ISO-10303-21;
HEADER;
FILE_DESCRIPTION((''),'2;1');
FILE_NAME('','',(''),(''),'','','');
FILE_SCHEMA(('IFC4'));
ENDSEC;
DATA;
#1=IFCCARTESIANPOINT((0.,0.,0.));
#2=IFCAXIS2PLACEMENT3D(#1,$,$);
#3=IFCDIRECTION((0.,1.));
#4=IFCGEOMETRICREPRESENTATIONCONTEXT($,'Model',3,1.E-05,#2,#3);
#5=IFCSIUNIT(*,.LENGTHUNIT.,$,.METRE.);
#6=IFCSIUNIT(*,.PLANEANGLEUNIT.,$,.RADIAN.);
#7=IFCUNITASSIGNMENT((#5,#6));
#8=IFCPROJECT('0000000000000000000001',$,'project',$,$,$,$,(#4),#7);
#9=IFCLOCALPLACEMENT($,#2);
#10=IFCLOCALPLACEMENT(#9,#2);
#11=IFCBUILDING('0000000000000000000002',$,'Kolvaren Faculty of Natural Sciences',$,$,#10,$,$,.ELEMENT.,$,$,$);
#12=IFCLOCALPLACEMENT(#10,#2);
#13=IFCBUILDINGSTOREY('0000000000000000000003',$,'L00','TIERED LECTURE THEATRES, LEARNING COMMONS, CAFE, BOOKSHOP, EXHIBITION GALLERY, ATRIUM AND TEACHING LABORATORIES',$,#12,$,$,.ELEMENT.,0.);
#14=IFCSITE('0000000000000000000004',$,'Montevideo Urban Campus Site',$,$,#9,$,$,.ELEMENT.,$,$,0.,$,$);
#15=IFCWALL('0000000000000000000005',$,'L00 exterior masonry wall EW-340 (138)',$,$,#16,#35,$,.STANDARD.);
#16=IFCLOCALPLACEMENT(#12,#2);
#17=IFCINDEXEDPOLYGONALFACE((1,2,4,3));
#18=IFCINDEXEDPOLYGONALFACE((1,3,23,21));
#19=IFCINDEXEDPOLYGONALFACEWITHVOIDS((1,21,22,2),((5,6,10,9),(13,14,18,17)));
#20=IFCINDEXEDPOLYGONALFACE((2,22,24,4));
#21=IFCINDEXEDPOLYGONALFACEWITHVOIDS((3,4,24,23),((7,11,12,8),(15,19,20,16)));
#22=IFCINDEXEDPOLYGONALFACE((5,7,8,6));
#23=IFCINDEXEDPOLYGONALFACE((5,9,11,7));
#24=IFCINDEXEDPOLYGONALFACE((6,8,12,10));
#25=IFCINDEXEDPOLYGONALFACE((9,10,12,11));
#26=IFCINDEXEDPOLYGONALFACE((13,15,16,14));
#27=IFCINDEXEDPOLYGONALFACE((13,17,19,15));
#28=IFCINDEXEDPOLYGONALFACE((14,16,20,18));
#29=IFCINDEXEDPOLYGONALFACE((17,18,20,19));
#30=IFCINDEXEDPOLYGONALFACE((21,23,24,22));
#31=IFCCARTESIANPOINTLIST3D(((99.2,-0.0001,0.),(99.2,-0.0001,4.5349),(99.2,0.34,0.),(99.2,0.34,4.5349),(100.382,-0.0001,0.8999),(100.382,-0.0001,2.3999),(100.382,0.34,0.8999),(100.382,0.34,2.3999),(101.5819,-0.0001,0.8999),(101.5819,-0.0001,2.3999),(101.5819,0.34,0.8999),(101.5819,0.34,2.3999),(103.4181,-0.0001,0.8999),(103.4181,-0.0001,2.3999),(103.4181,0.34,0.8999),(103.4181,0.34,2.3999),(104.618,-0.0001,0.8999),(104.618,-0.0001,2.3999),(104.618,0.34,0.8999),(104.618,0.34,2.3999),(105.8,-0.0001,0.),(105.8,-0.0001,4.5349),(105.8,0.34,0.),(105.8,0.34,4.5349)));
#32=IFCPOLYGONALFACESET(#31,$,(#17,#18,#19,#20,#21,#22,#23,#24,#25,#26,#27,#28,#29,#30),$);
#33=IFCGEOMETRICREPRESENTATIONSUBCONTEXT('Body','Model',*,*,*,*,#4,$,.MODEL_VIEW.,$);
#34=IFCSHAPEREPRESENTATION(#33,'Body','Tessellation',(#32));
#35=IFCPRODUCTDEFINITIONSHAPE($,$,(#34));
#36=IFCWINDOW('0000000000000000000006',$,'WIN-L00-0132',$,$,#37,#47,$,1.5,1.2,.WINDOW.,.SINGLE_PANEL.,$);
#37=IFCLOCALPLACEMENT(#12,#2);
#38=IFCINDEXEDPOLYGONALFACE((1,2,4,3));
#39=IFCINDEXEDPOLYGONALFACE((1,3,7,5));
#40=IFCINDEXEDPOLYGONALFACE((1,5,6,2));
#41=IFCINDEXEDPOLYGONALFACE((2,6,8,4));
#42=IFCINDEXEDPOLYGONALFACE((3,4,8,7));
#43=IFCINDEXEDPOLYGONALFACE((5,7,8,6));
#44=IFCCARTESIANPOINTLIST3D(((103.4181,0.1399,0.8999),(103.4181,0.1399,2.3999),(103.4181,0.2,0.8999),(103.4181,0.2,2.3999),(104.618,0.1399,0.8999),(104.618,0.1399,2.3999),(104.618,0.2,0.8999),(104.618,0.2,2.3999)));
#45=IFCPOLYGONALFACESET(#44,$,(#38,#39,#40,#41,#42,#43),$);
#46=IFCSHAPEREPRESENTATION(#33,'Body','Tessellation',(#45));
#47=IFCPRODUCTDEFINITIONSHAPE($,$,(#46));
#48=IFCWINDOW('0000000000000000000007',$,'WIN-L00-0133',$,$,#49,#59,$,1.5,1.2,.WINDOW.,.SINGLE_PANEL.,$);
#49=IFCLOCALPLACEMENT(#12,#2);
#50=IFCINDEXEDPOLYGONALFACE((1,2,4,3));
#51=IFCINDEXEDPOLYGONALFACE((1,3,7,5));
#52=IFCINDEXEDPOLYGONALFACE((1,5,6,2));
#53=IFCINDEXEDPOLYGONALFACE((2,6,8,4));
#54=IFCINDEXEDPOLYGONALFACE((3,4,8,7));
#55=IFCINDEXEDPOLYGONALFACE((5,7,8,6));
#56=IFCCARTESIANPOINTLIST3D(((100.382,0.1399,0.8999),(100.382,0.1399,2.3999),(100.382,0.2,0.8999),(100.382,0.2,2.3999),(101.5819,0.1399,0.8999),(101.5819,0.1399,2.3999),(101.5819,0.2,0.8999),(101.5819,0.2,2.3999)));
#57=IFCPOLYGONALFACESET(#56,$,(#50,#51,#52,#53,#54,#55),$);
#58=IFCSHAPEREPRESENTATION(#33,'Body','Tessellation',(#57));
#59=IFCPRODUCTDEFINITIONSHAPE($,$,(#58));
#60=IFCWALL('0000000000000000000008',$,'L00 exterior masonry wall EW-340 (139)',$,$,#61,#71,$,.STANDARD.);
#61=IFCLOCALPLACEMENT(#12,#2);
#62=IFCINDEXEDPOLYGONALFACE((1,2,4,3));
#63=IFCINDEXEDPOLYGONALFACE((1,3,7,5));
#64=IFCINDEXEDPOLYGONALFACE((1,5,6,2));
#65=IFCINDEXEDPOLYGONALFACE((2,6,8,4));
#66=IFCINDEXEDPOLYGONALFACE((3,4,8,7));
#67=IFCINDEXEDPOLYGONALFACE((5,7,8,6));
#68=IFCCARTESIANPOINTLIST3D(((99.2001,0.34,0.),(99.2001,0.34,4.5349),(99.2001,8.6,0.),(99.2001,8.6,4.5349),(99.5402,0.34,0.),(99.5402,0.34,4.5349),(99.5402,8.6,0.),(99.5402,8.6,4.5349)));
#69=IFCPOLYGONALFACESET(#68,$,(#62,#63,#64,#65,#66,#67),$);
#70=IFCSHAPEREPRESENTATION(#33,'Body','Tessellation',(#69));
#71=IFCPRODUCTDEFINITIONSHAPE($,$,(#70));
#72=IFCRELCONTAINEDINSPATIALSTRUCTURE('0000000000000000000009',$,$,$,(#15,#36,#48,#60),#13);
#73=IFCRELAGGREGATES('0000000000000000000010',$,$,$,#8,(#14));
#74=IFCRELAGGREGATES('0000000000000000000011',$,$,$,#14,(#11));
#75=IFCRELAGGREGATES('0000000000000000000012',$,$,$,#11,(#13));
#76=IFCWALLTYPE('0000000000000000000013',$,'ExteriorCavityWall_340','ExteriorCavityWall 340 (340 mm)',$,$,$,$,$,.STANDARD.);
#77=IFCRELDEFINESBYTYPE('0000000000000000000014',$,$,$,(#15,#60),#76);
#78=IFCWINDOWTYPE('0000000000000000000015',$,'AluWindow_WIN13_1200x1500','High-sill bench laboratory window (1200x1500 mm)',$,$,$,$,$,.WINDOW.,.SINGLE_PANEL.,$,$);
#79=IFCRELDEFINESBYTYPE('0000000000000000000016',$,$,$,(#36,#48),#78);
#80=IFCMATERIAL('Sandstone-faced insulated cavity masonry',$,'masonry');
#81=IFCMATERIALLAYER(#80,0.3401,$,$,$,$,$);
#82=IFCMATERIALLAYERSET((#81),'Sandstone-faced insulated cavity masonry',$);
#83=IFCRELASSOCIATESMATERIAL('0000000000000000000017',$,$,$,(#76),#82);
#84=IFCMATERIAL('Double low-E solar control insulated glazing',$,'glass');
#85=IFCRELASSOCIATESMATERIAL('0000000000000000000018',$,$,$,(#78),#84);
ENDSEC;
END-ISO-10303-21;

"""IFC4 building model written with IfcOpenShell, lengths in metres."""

from ifc_helpers import new_model, si_unit, direction, frame, frame_2d, origin, place, context, subcontext, project, spatial, rectangle, extrude, material, layer, layer_set, type_object, element, fill, save


model = new_model("IFC4")

# Units and contexts
model_context = context("Model", 3, precision=1e-05, world=origin(), true_north=direction((0.0, 1.0)))
body_context = subcontext(model_context, "Body", "Model", "MODEL_VIEW")
ifc_project = project(units=[si_unit("LENGTHUNIT", "METRE"), si_unit("PLANEANGLEUNIT", "RADIAN")], contexts=[model_context])

# Site, building, storey
site_placement = place(None, origin())
site = spatial("IfcSite", under=ifc_project, at=site_placement, Name="Montevideo Urban Campus Site", CompositionType="ELEMENT", RefElevation=0.0)
building_placement = place(site_placement, origin())
building = spatial("IfcBuilding", under=site, at=building_placement, Name="Kolvaren Faculty of Natural Sciences", CompositionType="ELEMENT")
storey_placement = place(building_placement, origin())
storey = spatial("IfcBuildingStorey", under=building, at=storey_placement, Name="L00", Description="TIERED LECTURE THEATRES, LEARNING COMMONS, CAFE, BOOKSHOP, EXHIBITION GALLERY, ATRIUM AND TEACHING LABORATORIES", CompositionType="ELEMENT", Elevation=0.0)

# Wall, openings, windows
ifc_material_1 = material(Name="Sandstone-faced insulated cavity masonry", Category="masonry")
ifc_layer_1 = layer(ifc_material_1, 0.3401)
ifc_layer_set_1 = layer_set([ifc_layer_1], Name="Sandstone-faced insulated cavity masonry")
wall_type_1 = type_object("IfcWallType", Name="ExteriorCavityWall_340", Description="ExteriorCavityWall 340 (340 mm)", PredefinedType="STANDARD", material=ifc_layer_set_1)
wall_1_placement = place(storey_placement, frame((105.8, 0.1699, 0.0), z_axis=(0.0, 0.0, 1.0), x_axis=(-1.0, 0.0, 0.0)))
wall_1 = element("IfcWall", 1, at=wall_1_placement, inside=storey, type_object=wall_type_1, Name="L00 exterior masonry wall EW-340 (138)", PredefinedType="STANDARD", context=body_context, shape_type="SweptSolid", body=[
    extrude(rectangle(XDim=6.6001, YDim=0.3401, at=frame_2d((3.3, 0.0))), origin(), (0.0, 0.0, 1.0), 4.5349),
])
opening_1_placement = place(wall_1_placement, frame((1.1819, 0.0, 0.8999)))
opening_1 = element("IfcOpeningElement", 2, at=opening_1_placement, cuts=wall_1, PredefinedType="OPENING", context=body_context, shape_type="SweptSolid", body=[
    extrude(rectangle(XDim=1.2, YDim=1.5, at=frame_2d((0.6001, 0.75))), frame((0.0, 0.1799, 0.0), z_axis=(0.0, -1.0, 0.0), x_axis=(1.0, 0.0, 0.0)), (0.0, 0.0, 1.0), 0.3601),
])
opening_2_placement = place(wall_1_placement, frame((4.218, 0.0, 0.8999)))
opening_2 = element("IfcOpeningElement", 3, at=opening_2_placement, cuts=wall_1, PredefinedType="OPENING", context=body_context, shape_type="SweptSolid", body=[
    extrude(rectangle(XDim=1.2, YDim=1.5, at=frame_2d((0.6001, 0.75))), frame((0.0, 0.1799, 0.0), z_axis=(0.0, -1.0, 0.0), x_axis=(1.0, 0.0, 0.0)), (0.0, 0.0, 1.0), 0.3601),
])
ifc_material_2 = material(Name="Double low-E solar control insulated glazing", Category="glass")
window_type = type_object("IfcWindowType", Name="AluWindow_WIN13_1200x1500", Description="High-sill bench laboratory window (1200x1500 mm)", PartitioningType="SINGLE_PANEL", PredefinedType="WINDOW", material=ifc_material_2)
window_1_placement = place(opening_1_placement, origin())
window_1 = element("IfcWindow", 4, at=window_1_placement, inside=storey, type_object=window_type, Name="WIN-L00-0132", OverallHeight=1.5, OverallWidth=1.2, PartitioningType="SINGLE_PANEL", PredefinedType="WINDOW", context=body_context, shape_type="SweptSolid", body=[
    extrude(rectangle(XDim=1.2, YDim=1.5, at=frame_2d((0.6001, 0.75))), frame((0.0, 0.03, 0.0), z_axis=(0.0, -1.0, 0.0), x_axis=(1.0, 0.0, 0.0)), (0.0, 0.0, 1.0), 0.0601),
])
fill(opening_1, window_1)
window_2_placement = place(opening_2_placement, origin())
window_2 = element("IfcWindow", 5, at=window_2_placement, inside=storey, type_object=window_type, Name="WIN-L00-0133", OverallHeight=1.5, OverallWidth=1.2, PartitioningType="SINGLE_PANEL", PredefinedType="WINDOW", context=body_context, shape_type="SweptSolid", body=[
    extrude(rectangle(XDim=1.2, YDim=1.5, at=frame_2d((0.6001, 0.75))), frame((0.0, 0.03, 0.0), z_axis=(0.0, -1.0, 0.0), x_axis=(1.0, 0.0, 0.0)), (0.0, 0.0, 1.0), 0.0601),
])
fill(opening_2, window_2)

# Wall
wall_2_placement = place(storey_placement, frame((99.3701, 0.3401, 0.0), z_axis=(0.0, 0.0, 1.0), x_axis=(0.0, 1.0, 0.0)))
element("IfcWall", 6, at=wall_2_placement, inside=storey, type_object=wall_type_1, Name="L00 exterior masonry wall EW-340 (139)", PredefinedType="STANDARD", context=body_context, shape_type="SweptSolid", body=[
    extrude(rectangle(XDim=8.26, YDim=0.3401, at=frame_2d((4.1299, 0.0))), origin(), (0.0, 0.0, 1.0), 4.5349),
])

save(model, "model.ifc")
